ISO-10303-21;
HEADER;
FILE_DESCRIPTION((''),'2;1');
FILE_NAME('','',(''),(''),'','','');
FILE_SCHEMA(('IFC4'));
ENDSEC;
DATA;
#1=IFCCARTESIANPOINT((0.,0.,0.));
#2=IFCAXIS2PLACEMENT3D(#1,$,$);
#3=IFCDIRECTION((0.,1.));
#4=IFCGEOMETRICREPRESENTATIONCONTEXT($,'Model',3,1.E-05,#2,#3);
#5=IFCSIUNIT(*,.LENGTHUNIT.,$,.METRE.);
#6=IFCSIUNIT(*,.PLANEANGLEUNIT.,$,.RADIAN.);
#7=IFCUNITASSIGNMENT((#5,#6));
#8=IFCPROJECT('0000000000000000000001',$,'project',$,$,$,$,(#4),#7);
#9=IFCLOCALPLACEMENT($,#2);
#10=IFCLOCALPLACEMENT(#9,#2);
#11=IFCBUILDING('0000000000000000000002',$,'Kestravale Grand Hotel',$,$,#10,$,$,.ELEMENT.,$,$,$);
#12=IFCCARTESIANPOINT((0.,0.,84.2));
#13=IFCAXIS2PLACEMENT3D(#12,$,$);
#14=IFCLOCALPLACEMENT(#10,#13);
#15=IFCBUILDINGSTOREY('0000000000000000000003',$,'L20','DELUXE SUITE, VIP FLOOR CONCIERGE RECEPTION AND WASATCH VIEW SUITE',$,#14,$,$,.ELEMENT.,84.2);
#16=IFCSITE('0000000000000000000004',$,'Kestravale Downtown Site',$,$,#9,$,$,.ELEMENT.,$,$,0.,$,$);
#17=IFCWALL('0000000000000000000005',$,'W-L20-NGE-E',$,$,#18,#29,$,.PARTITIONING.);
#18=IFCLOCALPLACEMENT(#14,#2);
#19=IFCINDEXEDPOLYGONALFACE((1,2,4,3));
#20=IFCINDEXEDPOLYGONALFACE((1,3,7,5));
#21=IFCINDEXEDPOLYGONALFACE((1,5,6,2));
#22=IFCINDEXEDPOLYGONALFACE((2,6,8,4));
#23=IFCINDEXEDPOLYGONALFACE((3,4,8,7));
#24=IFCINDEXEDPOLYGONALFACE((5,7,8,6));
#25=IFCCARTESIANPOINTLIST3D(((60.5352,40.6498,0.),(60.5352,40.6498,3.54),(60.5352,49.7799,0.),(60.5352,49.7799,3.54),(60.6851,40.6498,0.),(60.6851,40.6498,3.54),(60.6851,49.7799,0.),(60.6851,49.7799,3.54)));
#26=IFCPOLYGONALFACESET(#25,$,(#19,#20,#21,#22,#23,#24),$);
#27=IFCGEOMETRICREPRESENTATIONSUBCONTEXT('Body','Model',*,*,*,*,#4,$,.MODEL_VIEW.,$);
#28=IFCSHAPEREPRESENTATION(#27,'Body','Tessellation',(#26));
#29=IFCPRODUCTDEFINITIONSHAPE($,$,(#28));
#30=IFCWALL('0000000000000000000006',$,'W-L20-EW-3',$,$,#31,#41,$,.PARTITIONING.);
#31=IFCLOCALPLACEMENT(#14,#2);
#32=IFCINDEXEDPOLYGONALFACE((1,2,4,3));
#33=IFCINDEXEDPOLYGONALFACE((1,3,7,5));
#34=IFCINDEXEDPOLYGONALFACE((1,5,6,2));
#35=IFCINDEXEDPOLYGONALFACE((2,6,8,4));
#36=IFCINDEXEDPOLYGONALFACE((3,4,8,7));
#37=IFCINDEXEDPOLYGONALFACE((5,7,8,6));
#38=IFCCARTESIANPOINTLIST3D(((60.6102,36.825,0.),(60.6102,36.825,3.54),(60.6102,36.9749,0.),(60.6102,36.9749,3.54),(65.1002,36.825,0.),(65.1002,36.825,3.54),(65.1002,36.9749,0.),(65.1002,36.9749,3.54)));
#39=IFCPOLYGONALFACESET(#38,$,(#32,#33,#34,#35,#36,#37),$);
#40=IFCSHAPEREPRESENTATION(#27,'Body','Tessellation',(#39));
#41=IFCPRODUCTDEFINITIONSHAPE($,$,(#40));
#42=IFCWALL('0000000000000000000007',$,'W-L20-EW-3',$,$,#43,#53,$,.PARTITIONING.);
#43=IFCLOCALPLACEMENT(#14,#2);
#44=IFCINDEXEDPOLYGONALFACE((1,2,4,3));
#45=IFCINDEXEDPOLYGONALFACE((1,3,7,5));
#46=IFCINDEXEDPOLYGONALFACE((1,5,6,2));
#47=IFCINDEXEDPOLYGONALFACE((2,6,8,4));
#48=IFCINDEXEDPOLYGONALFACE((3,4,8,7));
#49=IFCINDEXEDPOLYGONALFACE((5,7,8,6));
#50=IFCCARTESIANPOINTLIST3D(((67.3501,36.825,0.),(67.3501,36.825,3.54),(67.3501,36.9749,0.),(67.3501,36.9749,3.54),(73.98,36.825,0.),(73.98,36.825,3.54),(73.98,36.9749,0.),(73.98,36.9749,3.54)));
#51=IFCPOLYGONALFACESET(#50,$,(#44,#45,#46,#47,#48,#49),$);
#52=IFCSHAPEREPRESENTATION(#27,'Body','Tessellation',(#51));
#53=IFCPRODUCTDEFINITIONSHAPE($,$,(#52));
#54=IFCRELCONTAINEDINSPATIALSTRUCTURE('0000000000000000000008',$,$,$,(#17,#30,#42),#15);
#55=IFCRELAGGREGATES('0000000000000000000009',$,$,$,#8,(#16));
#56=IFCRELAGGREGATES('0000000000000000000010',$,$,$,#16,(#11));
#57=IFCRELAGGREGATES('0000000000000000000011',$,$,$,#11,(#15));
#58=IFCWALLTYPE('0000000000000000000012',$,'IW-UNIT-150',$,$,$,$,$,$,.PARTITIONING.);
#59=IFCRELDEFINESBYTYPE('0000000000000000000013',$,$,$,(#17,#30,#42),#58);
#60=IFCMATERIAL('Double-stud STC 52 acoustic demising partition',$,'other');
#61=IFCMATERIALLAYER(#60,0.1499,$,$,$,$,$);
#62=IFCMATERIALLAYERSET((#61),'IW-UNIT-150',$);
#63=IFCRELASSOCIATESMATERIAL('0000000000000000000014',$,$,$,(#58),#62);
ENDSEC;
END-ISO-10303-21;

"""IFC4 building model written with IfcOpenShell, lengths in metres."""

from ifc_helpers import new_model, si_unit, direction, frame, frame_2d, origin, place, context, subcontext, project, spatial, rectangle, extrude, material, layer, layer_set, type_object, element, save


model = new_model("IFC4")

# Units and contexts
model_context = context("Model", 3, precision=1e-05, world=origin(), true_north=direction((0.0, 1.0)))
body_context = subcontext(model_context, "Body", "Model", "MODEL_VIEW")
ifc_project = project(units=[si_unit("LENGTHUNIT", "METRE"), si_unit("PLANEANGLEUNIT", "RADIAN")], contexts=[model_context])

# Site, building, storey
site_placement = place(None, origin())
site = spatial("IfcSite", under=ifc_project, at=site_placement, Name="Kestravale Downtown Site", CompositionType="ELEMENT", RefElevation=0.0)
building_placement = place(site_placement, origin())
building = spatial("IfcBuilding", under=site, at=building_placement, Name="Kestravale Grand Hotel", CompositionType="ELEMENT")
storey_placement = place(building_placement, frame((0.0, 0.0, 84.2)))
storey = spatial("IfcBuildingStorey", under=building, at=storey_placement, Name="L20", Description="DELUXE SUITE, VIP FLOOR CONCIERGE RECEPTION AND WASATCH VIEW SUITE", CompositionType="ELEMENT", Elevation=84.2)

# Walls
ifc_material_1 = material(Name="Double-stud STC 52 acoustic demising partition", Category="other")
ifc_layer_1 = layer(ifc_material_1, 0.1499)
ifc_layer_set_1 = layer_set([ifc_layer_1], Name="IW-UNIT-150")
wall_type_1 = type_object("IfcWallType", Name="IW-UNIT-150", PredefinedType="PARTITIONING", material=ifc_layer_set_1)
wall_1_placement = place(storey_placement, frame((60.6101, 40.6499, 0.0), z_axis=(0.0, 0.0, 1.0), x_axis=(0.0, 1.0, 0.0)))
element("IfcWall", 1, at=wall_1_placement, inside=storey, type_object=wall_type_1, Name="W-L20-NGE-E", PredefinedType="PARTITIONING", context=body_context, shape_type="SweptSolid", body=[
    extrude(rectangle(XDim=9.1301, YDim=0.1499, at=frame_2d((4.5649, 0.0))), origin(), (0.0, 0.0, 1.0), 3.54),
])
wall_2_placement = place(storey_placement, frame((60.6101, 36.8999, 0.0), z_axis=(0.0, 0.0, 1.0), x_axis=(1.0, 0.0, 0.0)))
element("IfcWall", 2, at=wall_2_placement, inside=storey, type_object=wall_type_1, Name="W-L20-EW-3", PredefinedType="PARTITIONING", context=body_context, shape_type="SweptSolid", body=[
    extrude(rectangle(XDim=4.49, YDim=0.1499, at=frame_2d((2.2451, 0.0))), origin(), (0.0, 0.0, 1.0), 3.54),
])
wall_3_placement = place(storey_placement, frame((67.3501, 36.8999, 0.0), z_axis=(0.0, 0.0, 1.0), x_axis=(1.0, 0.0, 0.0)))
element("IfcWall", 3, at=wall_3_placement, inside=storey, type_object=wall_type_1, Name="W-L20-EW-3", PredefinedType="PARTITIONING", context=body_context, shape_type="SweptSolid", body=[
    extrude(rectangle(XDim=6.6299, YDim=0.1499, at=frame_2d((3.3149, 0.0))), origin(), (0.0, 0.0, 1.0), 3.54),
])

save(model, "model.ifc")
